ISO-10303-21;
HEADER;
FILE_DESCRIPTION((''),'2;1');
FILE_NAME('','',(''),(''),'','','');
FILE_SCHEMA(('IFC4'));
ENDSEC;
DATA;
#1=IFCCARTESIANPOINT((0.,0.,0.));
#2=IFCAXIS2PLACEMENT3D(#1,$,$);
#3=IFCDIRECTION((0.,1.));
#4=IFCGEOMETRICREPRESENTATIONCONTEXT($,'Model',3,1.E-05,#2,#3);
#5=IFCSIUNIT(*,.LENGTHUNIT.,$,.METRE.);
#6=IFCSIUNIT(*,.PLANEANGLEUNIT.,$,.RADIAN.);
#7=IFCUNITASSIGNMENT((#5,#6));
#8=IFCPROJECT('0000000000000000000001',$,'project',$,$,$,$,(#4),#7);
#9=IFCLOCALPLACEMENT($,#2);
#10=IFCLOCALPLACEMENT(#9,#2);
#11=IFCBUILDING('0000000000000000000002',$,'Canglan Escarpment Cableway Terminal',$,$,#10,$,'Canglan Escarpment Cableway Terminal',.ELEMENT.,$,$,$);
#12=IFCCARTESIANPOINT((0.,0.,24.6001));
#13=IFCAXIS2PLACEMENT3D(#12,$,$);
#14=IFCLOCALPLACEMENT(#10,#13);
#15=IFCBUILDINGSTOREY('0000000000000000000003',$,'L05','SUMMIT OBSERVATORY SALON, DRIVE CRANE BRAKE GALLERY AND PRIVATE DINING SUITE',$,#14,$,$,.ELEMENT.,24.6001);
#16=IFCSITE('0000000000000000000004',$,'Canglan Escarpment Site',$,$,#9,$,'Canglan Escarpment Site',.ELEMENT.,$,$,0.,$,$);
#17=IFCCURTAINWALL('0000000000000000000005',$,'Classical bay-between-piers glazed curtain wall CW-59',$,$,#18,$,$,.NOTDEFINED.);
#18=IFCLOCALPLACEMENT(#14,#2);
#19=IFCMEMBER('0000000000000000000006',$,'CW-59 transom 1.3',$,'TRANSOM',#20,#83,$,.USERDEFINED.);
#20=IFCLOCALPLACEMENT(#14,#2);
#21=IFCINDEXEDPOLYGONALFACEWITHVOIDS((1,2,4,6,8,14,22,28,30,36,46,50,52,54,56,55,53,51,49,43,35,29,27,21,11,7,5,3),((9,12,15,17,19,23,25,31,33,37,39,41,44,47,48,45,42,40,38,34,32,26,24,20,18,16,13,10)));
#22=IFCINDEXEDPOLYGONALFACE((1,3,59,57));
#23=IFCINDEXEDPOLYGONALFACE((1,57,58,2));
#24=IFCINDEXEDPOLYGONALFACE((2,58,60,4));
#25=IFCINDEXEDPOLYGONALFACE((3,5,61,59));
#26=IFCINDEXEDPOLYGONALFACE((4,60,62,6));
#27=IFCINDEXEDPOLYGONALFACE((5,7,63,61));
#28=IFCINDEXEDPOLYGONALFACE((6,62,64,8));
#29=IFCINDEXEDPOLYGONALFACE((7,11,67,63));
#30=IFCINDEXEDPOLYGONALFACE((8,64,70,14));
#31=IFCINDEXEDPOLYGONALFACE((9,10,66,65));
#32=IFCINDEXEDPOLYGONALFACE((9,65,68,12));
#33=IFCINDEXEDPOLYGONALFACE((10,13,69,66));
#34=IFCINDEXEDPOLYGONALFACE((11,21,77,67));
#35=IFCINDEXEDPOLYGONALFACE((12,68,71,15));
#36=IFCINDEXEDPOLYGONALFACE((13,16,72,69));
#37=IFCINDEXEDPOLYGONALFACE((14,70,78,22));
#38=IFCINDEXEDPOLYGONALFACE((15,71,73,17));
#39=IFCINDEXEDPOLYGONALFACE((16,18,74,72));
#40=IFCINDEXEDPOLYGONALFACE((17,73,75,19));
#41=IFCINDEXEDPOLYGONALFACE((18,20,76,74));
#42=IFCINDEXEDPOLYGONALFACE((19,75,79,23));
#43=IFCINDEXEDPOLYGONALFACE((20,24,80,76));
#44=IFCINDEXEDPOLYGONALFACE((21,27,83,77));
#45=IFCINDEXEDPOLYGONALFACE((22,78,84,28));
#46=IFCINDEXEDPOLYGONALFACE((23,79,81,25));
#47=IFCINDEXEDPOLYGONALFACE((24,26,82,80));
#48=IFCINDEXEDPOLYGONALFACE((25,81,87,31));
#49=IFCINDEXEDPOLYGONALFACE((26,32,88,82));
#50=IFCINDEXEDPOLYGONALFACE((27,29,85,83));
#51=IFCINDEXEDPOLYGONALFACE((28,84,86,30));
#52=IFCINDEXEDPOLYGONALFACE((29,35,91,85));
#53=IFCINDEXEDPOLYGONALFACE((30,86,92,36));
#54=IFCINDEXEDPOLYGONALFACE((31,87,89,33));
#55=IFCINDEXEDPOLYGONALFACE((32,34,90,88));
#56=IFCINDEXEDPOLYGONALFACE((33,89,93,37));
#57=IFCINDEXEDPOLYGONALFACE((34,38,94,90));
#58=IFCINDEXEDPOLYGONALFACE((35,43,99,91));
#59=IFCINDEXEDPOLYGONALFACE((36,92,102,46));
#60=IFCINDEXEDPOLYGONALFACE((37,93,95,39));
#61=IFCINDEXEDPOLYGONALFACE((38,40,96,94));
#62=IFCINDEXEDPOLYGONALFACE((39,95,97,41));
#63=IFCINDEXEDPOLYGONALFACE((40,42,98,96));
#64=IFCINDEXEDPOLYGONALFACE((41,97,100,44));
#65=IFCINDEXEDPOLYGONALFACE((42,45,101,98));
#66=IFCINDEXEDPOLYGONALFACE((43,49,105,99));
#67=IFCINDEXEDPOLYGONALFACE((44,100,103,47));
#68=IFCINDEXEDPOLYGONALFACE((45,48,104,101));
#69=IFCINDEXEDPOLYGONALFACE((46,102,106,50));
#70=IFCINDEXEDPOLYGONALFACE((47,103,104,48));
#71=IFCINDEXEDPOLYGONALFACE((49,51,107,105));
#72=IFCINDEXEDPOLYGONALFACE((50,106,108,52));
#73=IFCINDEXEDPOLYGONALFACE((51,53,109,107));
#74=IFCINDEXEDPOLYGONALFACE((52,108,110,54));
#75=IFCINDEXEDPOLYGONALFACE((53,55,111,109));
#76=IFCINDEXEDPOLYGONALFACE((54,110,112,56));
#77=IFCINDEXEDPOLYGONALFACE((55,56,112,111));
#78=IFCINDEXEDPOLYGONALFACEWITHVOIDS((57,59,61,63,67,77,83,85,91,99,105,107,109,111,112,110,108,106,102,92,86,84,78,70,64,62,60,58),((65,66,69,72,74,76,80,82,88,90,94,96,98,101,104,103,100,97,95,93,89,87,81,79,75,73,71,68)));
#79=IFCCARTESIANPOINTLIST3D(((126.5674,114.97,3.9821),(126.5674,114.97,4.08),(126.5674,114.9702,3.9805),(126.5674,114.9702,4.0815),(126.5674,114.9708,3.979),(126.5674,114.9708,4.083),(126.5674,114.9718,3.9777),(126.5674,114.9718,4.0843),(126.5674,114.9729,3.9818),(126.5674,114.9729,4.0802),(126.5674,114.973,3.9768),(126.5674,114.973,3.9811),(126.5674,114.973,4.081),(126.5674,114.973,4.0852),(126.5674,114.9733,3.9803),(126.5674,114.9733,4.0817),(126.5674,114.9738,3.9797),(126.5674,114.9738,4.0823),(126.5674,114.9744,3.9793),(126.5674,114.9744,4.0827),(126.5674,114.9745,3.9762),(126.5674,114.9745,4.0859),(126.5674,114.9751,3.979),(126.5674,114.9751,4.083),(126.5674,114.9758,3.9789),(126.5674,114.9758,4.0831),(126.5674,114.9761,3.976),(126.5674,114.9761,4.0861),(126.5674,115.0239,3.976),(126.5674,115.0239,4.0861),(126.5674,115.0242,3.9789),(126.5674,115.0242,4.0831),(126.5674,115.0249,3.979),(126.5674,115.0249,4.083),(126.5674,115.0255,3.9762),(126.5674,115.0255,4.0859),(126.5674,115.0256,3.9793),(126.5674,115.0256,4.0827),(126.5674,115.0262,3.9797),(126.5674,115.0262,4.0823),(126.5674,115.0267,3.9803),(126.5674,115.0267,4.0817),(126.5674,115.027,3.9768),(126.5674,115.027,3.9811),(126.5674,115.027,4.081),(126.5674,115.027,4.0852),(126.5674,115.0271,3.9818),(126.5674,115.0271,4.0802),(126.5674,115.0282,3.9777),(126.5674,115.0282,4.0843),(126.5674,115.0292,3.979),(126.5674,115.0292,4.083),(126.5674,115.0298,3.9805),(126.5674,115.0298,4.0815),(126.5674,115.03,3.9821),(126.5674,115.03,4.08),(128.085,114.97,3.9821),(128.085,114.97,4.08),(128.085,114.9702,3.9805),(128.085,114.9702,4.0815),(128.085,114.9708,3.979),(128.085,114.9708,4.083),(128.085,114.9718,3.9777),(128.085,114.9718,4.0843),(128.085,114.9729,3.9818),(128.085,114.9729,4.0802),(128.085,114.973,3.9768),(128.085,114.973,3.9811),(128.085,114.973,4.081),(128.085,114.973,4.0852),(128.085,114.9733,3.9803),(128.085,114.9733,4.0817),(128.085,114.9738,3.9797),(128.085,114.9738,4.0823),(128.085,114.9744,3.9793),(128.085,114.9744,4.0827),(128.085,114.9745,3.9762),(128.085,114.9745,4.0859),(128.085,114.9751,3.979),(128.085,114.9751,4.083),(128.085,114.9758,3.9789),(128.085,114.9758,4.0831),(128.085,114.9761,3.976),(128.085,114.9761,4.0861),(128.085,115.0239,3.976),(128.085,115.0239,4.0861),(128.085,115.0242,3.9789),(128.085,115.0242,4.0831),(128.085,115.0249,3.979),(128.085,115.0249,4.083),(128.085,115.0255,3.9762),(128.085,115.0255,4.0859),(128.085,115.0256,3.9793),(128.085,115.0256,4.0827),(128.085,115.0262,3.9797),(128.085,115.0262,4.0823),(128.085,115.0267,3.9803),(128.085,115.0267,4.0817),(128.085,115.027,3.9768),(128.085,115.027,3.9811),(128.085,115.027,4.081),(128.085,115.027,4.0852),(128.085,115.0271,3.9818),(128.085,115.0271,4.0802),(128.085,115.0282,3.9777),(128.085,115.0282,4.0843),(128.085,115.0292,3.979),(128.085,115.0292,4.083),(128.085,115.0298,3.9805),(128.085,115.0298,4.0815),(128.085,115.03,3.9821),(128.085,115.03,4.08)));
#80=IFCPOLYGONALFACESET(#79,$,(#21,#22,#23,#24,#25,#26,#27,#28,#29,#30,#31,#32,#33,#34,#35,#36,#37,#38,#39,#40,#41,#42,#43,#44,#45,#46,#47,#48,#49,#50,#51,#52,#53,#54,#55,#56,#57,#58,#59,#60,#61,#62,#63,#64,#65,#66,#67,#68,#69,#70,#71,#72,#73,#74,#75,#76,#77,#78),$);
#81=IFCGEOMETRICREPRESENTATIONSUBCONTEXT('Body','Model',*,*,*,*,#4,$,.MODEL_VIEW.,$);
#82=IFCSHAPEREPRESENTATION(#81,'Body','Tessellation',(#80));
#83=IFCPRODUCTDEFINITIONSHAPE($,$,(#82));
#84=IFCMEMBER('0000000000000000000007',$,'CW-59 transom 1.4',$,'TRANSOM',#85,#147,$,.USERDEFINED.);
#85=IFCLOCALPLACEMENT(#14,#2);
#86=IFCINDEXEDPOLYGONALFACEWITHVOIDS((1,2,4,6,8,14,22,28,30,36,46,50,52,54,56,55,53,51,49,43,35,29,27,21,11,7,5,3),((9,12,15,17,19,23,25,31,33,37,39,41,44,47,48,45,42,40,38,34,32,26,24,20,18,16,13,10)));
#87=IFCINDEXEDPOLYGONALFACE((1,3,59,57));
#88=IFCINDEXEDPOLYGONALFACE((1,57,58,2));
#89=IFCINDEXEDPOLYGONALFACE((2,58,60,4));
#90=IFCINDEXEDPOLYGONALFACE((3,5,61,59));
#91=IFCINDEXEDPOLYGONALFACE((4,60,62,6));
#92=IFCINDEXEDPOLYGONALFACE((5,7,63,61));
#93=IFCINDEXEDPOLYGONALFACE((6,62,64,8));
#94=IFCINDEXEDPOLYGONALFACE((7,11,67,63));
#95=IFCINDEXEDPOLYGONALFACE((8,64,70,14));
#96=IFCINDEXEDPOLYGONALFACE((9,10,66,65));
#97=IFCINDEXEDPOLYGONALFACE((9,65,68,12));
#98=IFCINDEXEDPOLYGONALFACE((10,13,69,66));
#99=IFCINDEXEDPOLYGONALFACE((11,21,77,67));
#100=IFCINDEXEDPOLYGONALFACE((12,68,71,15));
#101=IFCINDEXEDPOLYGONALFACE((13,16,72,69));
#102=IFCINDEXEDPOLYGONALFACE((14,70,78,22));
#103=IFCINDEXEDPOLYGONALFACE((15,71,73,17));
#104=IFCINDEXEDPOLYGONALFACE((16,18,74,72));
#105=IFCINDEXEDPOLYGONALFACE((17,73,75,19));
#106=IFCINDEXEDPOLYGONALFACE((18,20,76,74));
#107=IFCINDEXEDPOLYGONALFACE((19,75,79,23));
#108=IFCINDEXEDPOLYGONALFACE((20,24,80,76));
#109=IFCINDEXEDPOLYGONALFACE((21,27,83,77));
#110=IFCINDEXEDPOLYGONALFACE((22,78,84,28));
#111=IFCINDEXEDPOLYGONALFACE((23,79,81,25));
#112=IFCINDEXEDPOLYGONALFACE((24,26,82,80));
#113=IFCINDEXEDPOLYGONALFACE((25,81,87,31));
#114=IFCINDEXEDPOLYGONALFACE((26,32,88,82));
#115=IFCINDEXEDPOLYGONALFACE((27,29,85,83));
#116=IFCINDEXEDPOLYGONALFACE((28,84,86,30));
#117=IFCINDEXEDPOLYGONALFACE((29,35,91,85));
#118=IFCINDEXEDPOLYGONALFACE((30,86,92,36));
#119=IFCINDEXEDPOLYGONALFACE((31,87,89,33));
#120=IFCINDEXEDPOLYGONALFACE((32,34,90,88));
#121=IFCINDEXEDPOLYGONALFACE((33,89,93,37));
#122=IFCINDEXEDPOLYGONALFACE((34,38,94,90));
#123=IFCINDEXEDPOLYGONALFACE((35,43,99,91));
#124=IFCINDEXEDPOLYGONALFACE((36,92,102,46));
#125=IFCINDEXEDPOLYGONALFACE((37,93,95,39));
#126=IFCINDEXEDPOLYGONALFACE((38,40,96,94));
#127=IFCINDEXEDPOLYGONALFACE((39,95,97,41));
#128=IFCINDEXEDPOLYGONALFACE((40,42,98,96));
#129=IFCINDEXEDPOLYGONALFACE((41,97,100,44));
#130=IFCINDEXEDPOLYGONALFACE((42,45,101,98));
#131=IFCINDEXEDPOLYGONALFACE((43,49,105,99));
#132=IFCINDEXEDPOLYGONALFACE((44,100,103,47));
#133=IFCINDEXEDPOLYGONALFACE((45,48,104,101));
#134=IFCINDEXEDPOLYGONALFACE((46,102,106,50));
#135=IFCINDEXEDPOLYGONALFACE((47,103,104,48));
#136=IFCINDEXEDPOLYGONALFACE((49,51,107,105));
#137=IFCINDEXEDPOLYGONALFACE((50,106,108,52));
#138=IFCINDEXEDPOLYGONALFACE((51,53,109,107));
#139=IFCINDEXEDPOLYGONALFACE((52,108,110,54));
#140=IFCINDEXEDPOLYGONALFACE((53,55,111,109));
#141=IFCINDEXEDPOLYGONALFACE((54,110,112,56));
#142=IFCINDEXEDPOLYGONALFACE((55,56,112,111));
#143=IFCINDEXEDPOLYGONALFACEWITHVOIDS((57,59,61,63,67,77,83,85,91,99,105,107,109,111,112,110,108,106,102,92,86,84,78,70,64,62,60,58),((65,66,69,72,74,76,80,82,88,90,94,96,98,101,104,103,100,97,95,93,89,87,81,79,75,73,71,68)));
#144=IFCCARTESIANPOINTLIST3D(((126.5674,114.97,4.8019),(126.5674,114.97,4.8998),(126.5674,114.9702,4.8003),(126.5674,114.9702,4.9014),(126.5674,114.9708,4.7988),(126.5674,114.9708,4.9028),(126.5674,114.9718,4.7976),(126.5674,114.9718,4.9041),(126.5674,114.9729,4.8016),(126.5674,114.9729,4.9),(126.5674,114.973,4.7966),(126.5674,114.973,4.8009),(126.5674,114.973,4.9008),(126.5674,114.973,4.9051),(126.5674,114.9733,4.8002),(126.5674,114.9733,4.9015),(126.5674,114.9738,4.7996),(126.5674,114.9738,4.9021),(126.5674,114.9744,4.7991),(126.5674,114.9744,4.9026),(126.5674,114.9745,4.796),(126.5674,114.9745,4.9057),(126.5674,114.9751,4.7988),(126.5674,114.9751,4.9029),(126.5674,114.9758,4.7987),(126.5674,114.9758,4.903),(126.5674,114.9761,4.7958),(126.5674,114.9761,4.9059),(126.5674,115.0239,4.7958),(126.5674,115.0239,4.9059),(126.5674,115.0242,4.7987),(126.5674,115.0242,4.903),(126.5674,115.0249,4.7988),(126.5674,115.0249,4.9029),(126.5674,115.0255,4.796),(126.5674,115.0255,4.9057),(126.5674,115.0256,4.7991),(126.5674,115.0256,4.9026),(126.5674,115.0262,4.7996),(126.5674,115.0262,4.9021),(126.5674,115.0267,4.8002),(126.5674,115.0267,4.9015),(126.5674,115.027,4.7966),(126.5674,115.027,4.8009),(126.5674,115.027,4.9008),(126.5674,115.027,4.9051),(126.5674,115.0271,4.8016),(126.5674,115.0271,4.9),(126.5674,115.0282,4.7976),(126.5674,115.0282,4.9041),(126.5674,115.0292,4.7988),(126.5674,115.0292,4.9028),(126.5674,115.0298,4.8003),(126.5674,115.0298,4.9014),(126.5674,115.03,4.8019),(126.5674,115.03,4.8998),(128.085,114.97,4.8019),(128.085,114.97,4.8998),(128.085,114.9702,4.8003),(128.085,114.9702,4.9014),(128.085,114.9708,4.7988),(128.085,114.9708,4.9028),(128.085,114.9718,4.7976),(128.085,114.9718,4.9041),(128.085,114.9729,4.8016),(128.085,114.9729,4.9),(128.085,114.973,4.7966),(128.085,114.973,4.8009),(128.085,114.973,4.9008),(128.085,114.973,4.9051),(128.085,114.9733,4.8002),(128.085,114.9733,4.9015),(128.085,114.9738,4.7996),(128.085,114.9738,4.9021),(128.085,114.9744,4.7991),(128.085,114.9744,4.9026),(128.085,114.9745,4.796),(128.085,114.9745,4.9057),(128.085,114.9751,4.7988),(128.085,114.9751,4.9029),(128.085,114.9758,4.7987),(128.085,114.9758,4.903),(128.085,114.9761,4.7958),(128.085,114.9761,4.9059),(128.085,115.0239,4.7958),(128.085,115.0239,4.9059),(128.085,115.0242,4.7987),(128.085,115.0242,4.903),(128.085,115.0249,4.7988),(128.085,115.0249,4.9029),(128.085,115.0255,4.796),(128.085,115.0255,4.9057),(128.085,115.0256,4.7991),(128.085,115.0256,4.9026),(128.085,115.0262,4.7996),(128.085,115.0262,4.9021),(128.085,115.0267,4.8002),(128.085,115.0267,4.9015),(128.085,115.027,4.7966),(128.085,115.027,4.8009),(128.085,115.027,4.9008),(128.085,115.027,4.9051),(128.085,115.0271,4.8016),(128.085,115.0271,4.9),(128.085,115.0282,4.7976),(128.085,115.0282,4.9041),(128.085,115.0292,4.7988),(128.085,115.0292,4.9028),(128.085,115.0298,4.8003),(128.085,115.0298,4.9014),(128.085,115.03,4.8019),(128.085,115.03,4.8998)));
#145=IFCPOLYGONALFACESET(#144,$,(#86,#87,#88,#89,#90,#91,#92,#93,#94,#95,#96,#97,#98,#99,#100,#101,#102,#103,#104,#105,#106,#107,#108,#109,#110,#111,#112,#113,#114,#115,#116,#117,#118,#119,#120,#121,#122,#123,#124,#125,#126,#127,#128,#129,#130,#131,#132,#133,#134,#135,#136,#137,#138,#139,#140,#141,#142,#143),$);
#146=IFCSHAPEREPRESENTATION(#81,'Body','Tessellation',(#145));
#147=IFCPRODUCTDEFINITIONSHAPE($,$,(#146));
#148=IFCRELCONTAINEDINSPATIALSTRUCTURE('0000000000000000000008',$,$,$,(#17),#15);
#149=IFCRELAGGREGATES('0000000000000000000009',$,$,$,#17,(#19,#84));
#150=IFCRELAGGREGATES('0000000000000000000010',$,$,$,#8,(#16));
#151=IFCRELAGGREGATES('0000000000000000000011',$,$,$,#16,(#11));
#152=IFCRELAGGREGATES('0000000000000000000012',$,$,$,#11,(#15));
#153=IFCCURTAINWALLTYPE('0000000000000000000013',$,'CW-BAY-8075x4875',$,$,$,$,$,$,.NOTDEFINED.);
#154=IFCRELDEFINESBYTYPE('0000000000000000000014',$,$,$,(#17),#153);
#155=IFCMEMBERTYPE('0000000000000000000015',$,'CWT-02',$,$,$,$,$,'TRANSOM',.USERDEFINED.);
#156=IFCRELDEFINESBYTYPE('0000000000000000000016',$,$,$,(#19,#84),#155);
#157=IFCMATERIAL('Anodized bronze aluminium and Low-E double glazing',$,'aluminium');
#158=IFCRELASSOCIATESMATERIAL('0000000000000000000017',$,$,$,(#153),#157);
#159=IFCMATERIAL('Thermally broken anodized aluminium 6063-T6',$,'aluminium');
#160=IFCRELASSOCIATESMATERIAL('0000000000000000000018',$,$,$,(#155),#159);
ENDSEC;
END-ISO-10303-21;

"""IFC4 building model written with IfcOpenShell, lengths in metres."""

from ifc_helpers import new_model, si_unit, direction, frame, origin, origin_2d, place, context, subcontext, project, spatial, hollow_rectangle, extrude, material, material_profile, profile_set, type_object, element, aggregate, save


model = new_model("IFC4")

# Units and contexts
model_context = context("Model", 3, precision=1e-05, world=origin(), true_north=direction((0.0, 1.0)))
body_context = subcontext(model_context, "Body", "Model", "MODEL_VIEW")
ifc_project = project(units=[si_unit("LENGTHUNIT", "METRE"), si_unit("PLANEANGLEUNIT", "RADIAN")], contexts=[model_context])

# Site, building, storey
site_placement = place(None, origin())
site = spatial("IfcSite", under=ifc_project, at=site_placement, Name="Canglan Escarpment Site", LongName="Canglan Escarpment Site", CompositionType="ELEMENT", RefElevation=0.0)
building_placement = place(site_placement, origin())
building = spatial("IfcBuilding", under=site, at=building_placement, Name="Canglan Escarpment Cableway Terminal", LongName="Canglan Escarpment Cableway Terminal", CompositionType="ELEMENT")
storey_placement = place(building_placement, frame((0.0, 0.0, 24.6001)))
storey = spatial("IfcBuildingStorey", under=building, at=storey_placement, Name="L05", Description="SUMMIT OBSERVATORY SALON, DRIVE CRANE BRAKE GALLERY AND PRIVATE DINING SUITE", CompositionType="ELEMENT", Elevation=24.6001)

# Curtain wall
ifc_material_1 = material(Name="Anodized bronze aluminium and Low-E double glazing", Category="aluminium")
curtain_wall_type = type_object("IfcCurtainWallType", Name="CW-BAY-8075x4875", PredefinedType="NOTDEFINED", material=ifc_material_1)
curtain_wall_1_placement = place(storey_placement, origin())
curtain_wall_1 = element("IfcCurtainWall", 1, at=curtain_wall_1_placement, inside=storey, type_object=curtain_wall_type, Name="Classical bay-between-piers glazed curtain wall CW-59", PredefinedType="NOTDEFINED")
ifc_material_2 = material(Name="Thermally broken anodized aluminium 6063-T6", Category="aluminium")

# Members
ifc_material_profile_1 = material_profile(ifc_material_2, hollow_rectangle(XDim=0.0601, YDim=0.1101, WallThickness=0.0029, InnerFilletRadius=0.0029, OuterFilletRadius=0.0061, at=origin_2d()), Name="ALU-TRAN 60x110x3")
ifc_profile_set_1 = profile_set([ifc_material_profile_1], Name="Thermally broken anodized aluminium 6063-T6")
member_type_1 = type_object("IfcMemberType", Name="CWT-02", ElementType="TRANSOM", PredefinedType="USERDEFINED", material=ifc_profile_set_1)
member_1_placement = place(storey_placement, frame((128.085, 115.0, 4.031), z_axis=(-1.0, 0.0, 0.0), x_axis=(0.0, -1.0, 0.0)))
member_1 = element("IfcMember", 2, at=member_1_placement, type_object=member_type_1, Name="CW-59 transom 1.3", ObjectType="TRANSOM", PredefinedType="USERDEFINED", context=body_context, shape_type="SweptSolid", body=[
    extrude(hollow_rectangle(XDim=0.0601, YDim=0.1101, WallThickness=0.0029, InnerFilletRadius=0.0029, OuterFilletRadius=0.0061, at=origin_2d()), origin(), (0.0, 0.0, 1.0), 1.5176),
])
member_2_placement = place(storey_placement, frame((128.085, 115.0, 4.8508), z_axis=(-1.0, 0.0, 0.0), x_axis=(0.0, -1.0, 0.0)))
member_2 = element("IfcMember", 3, at=member_2_placement, type_object=member_type_1, Name="CW-59 transom 1.4", ObjectType="TRANSOM", PredefinedType="USERDEFINED", context=body_context, shape_type="SweptSolid", body=[
    extrude(hollow_rectangle(XDim=0.0601, YDim=0.1101, WallThickness=0.0029, InnerFilletRadius=0.0029, OuterFilletRadius=0.0061, at=origin_2d()), origin(), (0.0, 0.0, 1.0), 1.5176),
])

aggregate(curtain_wall_1, [member_1, member_2])

save(model, "model.ifc")
